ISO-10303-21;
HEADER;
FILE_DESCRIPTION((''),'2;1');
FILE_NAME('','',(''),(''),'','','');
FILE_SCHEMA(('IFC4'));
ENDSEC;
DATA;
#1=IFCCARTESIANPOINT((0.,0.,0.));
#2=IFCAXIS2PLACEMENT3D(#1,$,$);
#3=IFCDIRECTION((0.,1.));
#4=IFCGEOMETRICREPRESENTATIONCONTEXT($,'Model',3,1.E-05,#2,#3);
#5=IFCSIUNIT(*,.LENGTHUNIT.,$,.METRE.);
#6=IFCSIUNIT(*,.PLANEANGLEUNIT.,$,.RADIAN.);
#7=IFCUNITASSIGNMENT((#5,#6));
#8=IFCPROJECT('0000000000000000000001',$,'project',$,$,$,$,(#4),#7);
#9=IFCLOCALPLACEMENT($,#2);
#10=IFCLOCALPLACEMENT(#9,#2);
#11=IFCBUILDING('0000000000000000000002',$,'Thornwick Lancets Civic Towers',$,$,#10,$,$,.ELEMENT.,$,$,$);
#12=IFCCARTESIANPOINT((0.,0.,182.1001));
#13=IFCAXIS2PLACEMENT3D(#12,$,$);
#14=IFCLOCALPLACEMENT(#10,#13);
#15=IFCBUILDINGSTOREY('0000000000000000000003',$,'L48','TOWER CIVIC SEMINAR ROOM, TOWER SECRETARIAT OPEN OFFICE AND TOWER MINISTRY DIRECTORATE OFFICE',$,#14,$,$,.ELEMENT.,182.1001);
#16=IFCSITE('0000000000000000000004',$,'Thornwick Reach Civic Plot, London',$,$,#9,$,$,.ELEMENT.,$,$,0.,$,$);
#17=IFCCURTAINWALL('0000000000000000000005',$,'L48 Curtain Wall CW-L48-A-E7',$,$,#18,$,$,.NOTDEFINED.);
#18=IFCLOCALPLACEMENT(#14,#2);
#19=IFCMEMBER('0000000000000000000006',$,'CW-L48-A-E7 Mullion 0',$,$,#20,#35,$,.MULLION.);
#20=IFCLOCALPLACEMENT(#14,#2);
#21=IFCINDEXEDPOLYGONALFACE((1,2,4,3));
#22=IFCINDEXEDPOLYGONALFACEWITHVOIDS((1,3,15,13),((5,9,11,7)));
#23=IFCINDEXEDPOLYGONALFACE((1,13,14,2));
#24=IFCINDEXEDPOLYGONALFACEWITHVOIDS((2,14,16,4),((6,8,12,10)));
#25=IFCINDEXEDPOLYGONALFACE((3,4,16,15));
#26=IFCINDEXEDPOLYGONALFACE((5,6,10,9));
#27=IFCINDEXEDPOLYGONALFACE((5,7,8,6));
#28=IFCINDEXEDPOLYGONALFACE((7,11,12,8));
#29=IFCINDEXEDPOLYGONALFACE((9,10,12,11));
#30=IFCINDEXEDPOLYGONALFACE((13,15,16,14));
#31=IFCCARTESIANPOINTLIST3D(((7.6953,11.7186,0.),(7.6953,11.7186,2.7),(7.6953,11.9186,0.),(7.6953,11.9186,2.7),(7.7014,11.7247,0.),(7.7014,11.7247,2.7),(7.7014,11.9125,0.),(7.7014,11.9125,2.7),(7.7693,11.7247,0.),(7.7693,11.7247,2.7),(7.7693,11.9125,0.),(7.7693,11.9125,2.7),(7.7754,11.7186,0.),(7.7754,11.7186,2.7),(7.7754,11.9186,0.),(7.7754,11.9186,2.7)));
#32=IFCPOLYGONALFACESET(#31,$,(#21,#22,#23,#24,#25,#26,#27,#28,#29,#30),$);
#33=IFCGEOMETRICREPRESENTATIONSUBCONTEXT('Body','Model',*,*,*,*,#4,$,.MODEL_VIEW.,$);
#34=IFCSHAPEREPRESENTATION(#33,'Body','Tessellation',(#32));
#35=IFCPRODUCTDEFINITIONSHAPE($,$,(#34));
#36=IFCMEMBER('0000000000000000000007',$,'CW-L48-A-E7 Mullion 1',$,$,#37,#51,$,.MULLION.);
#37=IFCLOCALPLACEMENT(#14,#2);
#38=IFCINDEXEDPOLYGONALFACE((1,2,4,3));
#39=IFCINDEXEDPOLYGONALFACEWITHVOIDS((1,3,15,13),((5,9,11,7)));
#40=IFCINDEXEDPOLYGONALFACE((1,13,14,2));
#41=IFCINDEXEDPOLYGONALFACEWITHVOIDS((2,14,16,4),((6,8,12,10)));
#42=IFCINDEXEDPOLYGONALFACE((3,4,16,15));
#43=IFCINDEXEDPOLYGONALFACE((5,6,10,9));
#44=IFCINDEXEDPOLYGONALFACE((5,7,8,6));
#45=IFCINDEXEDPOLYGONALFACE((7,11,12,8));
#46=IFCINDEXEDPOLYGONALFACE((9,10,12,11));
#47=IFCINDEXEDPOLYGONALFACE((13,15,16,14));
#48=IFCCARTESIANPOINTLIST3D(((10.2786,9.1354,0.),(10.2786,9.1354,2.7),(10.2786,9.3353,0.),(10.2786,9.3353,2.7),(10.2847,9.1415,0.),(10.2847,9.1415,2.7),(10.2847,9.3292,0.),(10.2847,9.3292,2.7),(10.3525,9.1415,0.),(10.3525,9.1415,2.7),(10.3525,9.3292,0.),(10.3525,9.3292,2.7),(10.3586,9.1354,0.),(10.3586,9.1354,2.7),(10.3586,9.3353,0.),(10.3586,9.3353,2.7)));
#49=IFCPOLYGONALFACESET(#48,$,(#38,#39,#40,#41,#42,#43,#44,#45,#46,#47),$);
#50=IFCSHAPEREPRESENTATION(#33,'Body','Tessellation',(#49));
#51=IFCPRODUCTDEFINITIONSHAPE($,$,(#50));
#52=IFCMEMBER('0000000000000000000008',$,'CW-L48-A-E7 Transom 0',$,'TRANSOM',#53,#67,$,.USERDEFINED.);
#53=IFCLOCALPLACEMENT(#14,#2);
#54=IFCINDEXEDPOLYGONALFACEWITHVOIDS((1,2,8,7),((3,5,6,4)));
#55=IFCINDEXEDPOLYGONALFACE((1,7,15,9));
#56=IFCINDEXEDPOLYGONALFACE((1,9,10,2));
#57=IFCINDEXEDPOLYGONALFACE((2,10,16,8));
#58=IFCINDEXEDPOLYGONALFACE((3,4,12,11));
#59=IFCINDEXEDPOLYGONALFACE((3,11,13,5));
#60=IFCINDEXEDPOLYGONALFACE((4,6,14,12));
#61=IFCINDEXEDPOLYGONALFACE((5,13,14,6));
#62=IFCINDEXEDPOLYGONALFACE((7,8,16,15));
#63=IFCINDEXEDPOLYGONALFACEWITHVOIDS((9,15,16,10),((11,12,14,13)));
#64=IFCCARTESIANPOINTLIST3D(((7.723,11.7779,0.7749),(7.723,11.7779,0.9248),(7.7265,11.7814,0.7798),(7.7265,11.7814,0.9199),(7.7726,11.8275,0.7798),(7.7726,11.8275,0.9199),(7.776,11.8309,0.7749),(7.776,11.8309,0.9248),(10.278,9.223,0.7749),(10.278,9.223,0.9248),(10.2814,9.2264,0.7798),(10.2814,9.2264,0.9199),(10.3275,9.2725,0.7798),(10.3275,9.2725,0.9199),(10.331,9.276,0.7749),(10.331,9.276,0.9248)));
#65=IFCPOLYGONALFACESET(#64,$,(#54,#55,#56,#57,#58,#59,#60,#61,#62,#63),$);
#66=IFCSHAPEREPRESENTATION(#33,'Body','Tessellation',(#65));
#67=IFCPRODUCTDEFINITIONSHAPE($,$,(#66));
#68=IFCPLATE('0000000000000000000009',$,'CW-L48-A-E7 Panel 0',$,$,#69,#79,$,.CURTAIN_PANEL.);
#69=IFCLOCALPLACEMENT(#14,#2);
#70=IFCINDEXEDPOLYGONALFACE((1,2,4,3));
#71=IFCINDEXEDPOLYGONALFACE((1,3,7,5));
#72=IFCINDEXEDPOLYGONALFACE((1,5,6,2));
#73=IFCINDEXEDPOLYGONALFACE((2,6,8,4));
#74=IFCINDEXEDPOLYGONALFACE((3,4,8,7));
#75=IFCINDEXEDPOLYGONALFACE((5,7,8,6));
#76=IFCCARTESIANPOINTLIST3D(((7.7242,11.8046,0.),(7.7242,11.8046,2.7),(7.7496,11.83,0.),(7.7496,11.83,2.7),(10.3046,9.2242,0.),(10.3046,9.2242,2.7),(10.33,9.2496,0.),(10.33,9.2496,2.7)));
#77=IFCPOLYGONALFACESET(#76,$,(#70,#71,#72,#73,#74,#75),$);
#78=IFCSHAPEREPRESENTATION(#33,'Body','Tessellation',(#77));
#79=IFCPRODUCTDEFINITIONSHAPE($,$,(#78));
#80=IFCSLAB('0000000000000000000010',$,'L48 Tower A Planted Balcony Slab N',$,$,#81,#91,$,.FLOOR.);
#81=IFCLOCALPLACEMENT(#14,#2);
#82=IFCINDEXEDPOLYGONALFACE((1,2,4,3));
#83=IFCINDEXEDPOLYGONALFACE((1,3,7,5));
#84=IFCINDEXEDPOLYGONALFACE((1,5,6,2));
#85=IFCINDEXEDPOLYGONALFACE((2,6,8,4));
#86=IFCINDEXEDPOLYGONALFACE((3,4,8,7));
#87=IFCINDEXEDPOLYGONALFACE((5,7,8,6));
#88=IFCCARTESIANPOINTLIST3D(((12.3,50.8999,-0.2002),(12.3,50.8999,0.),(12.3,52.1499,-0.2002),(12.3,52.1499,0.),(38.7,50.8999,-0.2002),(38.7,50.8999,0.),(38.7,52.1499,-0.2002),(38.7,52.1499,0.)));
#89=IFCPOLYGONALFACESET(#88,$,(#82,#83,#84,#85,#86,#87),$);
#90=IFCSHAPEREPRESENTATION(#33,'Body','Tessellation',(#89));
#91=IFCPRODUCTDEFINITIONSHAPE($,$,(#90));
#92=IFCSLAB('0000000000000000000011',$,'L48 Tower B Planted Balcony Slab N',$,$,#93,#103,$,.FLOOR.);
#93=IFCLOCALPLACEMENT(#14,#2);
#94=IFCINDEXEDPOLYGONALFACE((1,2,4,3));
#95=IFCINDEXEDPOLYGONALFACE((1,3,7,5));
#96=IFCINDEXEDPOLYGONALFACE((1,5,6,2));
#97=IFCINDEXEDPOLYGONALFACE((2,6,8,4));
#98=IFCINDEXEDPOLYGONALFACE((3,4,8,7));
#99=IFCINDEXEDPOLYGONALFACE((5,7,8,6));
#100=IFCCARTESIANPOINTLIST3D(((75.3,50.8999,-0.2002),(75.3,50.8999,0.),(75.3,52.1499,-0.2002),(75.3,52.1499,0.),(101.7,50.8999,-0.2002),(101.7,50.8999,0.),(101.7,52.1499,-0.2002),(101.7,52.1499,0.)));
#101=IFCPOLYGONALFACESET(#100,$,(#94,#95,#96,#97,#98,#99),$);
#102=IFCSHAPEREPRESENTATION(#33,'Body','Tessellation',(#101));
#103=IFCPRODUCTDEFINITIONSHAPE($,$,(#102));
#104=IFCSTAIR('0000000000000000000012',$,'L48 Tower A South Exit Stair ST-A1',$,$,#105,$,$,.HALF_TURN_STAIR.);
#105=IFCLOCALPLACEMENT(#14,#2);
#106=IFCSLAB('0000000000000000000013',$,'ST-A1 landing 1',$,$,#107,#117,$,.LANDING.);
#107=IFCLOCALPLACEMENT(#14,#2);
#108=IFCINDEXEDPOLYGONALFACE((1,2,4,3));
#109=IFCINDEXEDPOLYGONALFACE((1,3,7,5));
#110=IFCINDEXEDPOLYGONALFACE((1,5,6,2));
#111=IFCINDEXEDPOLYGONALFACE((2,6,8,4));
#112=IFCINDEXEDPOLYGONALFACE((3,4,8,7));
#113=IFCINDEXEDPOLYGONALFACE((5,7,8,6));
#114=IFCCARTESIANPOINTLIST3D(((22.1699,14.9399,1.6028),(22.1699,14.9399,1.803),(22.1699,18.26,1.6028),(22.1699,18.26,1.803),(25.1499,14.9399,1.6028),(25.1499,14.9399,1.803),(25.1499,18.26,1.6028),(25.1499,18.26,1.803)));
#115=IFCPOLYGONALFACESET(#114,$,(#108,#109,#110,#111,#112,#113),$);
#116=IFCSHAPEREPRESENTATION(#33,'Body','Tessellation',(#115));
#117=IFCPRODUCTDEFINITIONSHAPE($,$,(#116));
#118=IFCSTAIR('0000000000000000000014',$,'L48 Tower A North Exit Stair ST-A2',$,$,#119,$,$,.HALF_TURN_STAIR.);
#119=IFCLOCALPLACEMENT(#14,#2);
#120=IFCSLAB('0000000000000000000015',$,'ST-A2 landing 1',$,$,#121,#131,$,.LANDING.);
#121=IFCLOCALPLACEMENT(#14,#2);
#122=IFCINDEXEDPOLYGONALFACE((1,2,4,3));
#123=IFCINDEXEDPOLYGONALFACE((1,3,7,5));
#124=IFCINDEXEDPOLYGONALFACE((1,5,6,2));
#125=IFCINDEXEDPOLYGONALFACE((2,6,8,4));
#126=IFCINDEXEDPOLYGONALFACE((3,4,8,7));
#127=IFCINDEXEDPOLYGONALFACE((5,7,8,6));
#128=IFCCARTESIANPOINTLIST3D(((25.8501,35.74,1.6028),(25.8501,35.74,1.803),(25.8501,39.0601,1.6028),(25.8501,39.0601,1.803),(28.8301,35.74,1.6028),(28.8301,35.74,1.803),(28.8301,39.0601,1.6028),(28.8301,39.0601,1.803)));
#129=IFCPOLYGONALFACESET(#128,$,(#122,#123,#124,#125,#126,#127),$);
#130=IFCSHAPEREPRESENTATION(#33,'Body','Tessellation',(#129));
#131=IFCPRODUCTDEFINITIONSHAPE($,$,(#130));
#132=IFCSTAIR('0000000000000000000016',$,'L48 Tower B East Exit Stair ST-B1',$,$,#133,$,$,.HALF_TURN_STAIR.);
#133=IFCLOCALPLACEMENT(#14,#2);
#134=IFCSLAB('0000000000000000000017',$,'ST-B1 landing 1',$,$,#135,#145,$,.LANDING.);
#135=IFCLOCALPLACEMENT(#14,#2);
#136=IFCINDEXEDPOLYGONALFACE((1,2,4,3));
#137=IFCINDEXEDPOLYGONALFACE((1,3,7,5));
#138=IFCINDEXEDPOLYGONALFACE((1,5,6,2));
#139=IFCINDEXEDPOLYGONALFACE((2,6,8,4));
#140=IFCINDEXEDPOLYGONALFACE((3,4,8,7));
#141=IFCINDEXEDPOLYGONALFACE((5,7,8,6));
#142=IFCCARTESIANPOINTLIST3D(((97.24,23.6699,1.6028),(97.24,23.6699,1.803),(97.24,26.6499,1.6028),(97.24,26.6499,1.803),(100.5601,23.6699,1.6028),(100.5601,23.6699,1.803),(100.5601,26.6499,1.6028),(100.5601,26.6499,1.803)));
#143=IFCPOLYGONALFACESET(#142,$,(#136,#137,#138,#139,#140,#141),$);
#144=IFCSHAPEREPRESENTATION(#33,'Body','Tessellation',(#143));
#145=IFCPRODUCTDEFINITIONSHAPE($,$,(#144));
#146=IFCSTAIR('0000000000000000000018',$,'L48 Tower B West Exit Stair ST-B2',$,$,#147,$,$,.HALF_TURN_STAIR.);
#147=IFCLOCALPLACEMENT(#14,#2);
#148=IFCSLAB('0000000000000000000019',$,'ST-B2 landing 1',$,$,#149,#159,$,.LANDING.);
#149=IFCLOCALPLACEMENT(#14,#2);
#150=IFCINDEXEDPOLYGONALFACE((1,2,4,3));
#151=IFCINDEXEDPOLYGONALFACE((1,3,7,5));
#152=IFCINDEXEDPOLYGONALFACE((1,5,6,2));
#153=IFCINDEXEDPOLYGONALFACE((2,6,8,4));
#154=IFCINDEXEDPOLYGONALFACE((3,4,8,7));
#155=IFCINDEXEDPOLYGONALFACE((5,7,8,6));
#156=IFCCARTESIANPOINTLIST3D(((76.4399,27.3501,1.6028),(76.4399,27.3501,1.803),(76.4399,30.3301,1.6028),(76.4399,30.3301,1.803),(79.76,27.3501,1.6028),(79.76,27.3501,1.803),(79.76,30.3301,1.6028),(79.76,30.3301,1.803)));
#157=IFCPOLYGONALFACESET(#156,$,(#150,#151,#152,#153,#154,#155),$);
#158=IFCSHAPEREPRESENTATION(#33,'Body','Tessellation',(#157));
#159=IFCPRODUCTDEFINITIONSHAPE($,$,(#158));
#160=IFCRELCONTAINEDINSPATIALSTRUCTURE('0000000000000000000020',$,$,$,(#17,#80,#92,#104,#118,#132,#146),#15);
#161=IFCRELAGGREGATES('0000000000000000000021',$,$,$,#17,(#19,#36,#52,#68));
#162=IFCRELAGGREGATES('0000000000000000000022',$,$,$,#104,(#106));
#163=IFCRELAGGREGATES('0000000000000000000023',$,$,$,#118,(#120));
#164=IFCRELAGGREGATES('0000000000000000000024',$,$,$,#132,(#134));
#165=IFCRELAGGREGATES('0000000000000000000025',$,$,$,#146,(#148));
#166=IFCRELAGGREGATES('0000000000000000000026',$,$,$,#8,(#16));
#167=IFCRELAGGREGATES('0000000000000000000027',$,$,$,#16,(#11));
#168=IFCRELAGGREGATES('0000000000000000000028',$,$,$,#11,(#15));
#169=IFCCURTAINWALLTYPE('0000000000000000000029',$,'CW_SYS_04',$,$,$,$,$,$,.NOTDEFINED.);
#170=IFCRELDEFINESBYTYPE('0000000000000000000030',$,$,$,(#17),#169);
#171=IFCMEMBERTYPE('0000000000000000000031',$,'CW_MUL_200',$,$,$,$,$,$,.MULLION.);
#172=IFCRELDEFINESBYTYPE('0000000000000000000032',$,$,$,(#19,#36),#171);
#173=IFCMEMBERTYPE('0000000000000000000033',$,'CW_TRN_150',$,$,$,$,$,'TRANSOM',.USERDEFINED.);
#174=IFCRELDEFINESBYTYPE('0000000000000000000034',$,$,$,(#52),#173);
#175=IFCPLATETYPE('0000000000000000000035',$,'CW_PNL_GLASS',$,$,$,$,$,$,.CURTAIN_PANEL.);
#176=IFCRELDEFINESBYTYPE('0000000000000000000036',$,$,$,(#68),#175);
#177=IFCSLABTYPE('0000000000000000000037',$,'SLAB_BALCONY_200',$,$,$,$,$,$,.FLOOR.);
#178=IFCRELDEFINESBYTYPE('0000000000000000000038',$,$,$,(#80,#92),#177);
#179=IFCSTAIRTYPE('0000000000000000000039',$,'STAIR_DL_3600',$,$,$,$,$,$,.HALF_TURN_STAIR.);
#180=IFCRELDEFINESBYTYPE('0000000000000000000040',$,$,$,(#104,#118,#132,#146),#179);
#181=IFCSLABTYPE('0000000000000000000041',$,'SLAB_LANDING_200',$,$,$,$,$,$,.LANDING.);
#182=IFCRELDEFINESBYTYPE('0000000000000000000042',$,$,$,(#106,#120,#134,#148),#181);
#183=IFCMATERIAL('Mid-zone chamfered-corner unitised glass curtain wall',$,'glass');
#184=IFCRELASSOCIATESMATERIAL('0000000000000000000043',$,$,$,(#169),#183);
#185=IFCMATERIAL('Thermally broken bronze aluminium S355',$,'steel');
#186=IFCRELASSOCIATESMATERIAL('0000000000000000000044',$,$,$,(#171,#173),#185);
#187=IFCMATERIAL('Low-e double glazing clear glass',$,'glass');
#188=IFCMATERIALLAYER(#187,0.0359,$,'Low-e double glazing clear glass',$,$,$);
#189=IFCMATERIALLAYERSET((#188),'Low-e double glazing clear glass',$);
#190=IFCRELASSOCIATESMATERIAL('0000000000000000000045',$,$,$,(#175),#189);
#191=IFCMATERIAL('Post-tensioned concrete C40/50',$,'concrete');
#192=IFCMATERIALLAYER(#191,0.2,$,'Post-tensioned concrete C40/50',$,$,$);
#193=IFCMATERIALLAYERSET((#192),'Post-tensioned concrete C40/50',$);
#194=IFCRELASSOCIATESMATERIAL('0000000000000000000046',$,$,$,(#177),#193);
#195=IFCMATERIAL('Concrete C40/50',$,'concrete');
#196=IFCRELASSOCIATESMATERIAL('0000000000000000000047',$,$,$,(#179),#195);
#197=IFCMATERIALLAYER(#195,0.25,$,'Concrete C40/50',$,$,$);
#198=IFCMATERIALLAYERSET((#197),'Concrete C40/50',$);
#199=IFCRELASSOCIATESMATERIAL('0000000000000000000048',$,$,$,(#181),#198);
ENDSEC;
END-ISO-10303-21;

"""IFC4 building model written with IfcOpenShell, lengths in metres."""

from ifc_helpers import new_model, si_unit, direction, frame, origin, origin_2d, place, context, subcontext, project, spatial, polyline, rectangle, hollow_rectangle, outline, extrude, material, layer, layer_set, material_profile, profile_set, type_object, element, aggregate, save


model = new_model("IFC4")

# Units and contexts
model_context = context("Model", 3, precision=1e-05, world=origin(), true_north=direction((0.0, 1.0)))
body_context = subcontext(model_context, "Body", "Model", "MODEL_VIEW")
ifc_project = project(units=[si_unit("LENGTHUNIT", "METRE"), si_unit("PLANEANGLEUNIT", "RADIAN")], contexts=[model_context])

# Site, building, storey
site_placement = place(None, origin())
site = spatial("IfcSite", under=ifc_project, at=site_placement, Name="Thornwick Reach Civic Plot, London", CompositionType="ELEMENT", RefElevation=0.0)
building_placement = place(site_placement, origin())
building = spatial("IfcBuilding", under=site, at=building_placement, Name="Thornwick Lancets Civic Towers", CompositionType="ELEMENT")
storey_placement = place(building_placement, frame((0.0, 0.0, 182.1001)))
storey = spatial("IfcBuildingStorey", under=building, at=storey_placement, Name="L48", Description="TOWER CIVIC SEMINAR ROOM, TOWER SECRETARIAT OPEN OFFICE AND TOWER MINISTRY DIRECTORATE OFFICE", CompositionType="ELEMENT", Elevation=182.1001)

# Curtain wall, members, plate
ifc_material_1 = material(Name="Mid-zone chamfered-corner unitised glass curtain wall", Category="glass")
curtain_wall_type = type_object("IfcCurtainWallType", Name="CW_SYS_04", PredefinedType="NOTDEFINED", material=ifc_material_1)
curtain_wall_placement = place(storey_placement, origin())
curtain_wall = element("IfcCurtainWall", 1, at=curtain_wall_placement, inside=storey, type_object=curtain_wall_type, Name="L48 Curtain Wall CW-L48-A-E7", PredefinedType="NOTDEFINED")
ifc_material_2 = material(Name="Thermally broken bronze aluminium S355", Category="steel")
ifc_material_profile_1 = material_profile(ifc_material_2, hollow_rectangle(XDim=0.0801, YDim=0.2, WallThickness=0.0061, at=origin_2d()), Name="RHS 200x80x6")
ifc_profile_set_1 = profile_set([ifc_material_profile_1], Name="Thermally broken bronze aluminium S355")
member_type_1 = type_object("IfcMemberType", Name="CW_MUL_200", PredefinedType="MULLION", material=ifc_profile_set_1)
member_1_placement = place(storey_placement, frame((7.7354, 11.8186, 0.0), z_axis=(0.0, 0.0, 1.0), x_axis=(1.0, 0.0, 0.0)))
member_1 = element("IfcMember", 2, at=member_1_placement, type_object=member_type_1, Name="CW-L48-A-E7 Mullion 0", PredefinedType="MULLION", context=body_context, shape_type="SweptSolid", body=[
    extrude(hollow_rectangle(XDim=0.0801, YDim=0.2, WallThickness=0.0061, at=origin_2d()), origin(), (0.0, 0.0, 1.0), 2.7),
])
member_2_placement = place(storey_placement, frame((10.3186, 9.2354, 0.0), z_axis=(0.0, 0.0, 1.0), x_axis=(1.0, 0.0, 0.0)))
member_2 = element("IfcMember", 3, at=member_2_placement, type_object=member_type_1, Name="CW-L48-A-E7 Mullion 1", PredefinedType="MULLION", context=body_context, shape_type="SweptSolid", body=[
    extrude(hollow_rectangle(XDim=0.0801, YDim=0.2, WallThickness=0.0061, at=origin_2d()), origin(), (0.0, 0.0, 1.0), 2.7),
])
ifc_material_profile_2 = material_profile(ifc_material_2, hollow_rectangle(XDim=0.075, YDim=0.1499, WallThickness=0.0049, at=origin_2d()), Name="RHS 150x75x5")
ifc_profile_set_2 = profile_set([ifc_material_profile_2], Name="Thermally broken bronze aluminium S355")
member_type_2 = type_object("IfcMemberType", Name="CW_TRN_150", ElementType="TRANSOM", PredefinedType="USERDEFINED", material=ifc_profile_set_2)
member_3_placement = place(storey_placement, frame((7.7495, 11.8044, 0.8499), z_axis=(0.707107, -0.707107, 0.0), x_axis=(0.707107, 0.707107, 0.0)))
member_3 = element("IfcMember", 4, at=member_3_placement, type_object=member_type_2, Name="CW-L48-A-E7 Transom 0", ObjectType="TRANSOM", PredefinedType="USERDEFINED", context=body_context, shape_type="SweptSolid", body=[
    extrude(hollow_rectangle(XDim=0.075, YDim=0.1499, WallThickness=0.0049, at=origin_2d()), origin(), (0.0, 0.0, 1.0), 3.6133),
])
ifc_material_3 = material(Name="Low-e double glazing clear glass", Category="glass")
ifc_layer_1 = layer(ifc_material_3, 0.0359, Name="Low-e double glazing clear glass")
ifc_layer_set_1 = layer_set([ifc_layer_1], Name="Low-e double glazing clear glass")
plate_type = type_object("IfcPlateType", Name="CW_PNL_GLASS", PredefinedType="CURTAIN_PANEL", material=ifc_layer_set_1)
plate_placement = place(storey_placement, frame((9.0271, 10.5271, 0.0), z_axis=(0.0, 0.0, 1.0), x_axis=(0.707107, -0.707107, 0.0)))
plate = element("IfcPlate", 5, at=plate_placement, type_object=plate_type, Name="CW-L48-A-E7 Panel 0", PredefinedType="CURTAIN_PANEL", context=body_context, shape_type="SweptSolid", body=[
    extrude(rectangle(XDim=3.6492, YDim=0.0359, at=origin_2d()), origin(), (0.0, 0.0, 1.0), 2.7),
])
aggregate(curtain_wall, [member_1, member_2, member_3, plate])

# Slabs
ifc_material_4 = material(Name="Post-tensioned concrete C40/50", Category="concrete")
ifc_layer_2 = layer(ifc_material_4, 0.2, Name="Post-tensioned concrete C40/50")
ifc_layer_set_2 = layer_set([ifc_layer_2], Name="Post-tensioned concrete C40/50")
slab_type_1 = type_object("IfcSlabType", Name="SLAB_BALCONY_200", PredefinedType="FLOOR", material=ifc_layer_set_2)
slab_1_placement = place(storey_placement, frame((0.0, 0.0, -0.2002)))
element("IfcSlab", 6, at=slab_1_placement, inside=storey, type_object=slab_type_1, Name="L48 Tower A Planted Balcony Slab N", PredefinedType="FLOOR", context=body_context, shape_type="SweptSolid", body=[
    extrude(outline(polyline([(12.3, 50.8999), (38.7, 50.8999), (38.7, 52.1499), (12.3, 52.1499), (12.3, 50.8999)])), origin(), (0.0, 0.0, 1.0), 0.2002),
])
slab_2_placement = place(storey_placement, frame((0.0, 0.0, -0.2002)))
element("IfcSlab", 7, at=slab_2_placement, inside=storey, type_object=slab_type_1, Name="L48 Tower B Planted Balcony Slab N", PredefinedType="FLOOR", context=body_context, shape_type="SweptSolid", body=[
    extrude(outline(polyline([(75.3, 50.8999), (101.7, 50.8999), (101.7, 52.1499), (75.3, 52.1499), (75.3, 50.8999)])), origin(), (0.0, 0.0, 1.0), 0.2002),
])

# Stairs, slabs
ifc_material_5 = material(Name="Concrete C40/50", Category="concrete")
stair_type = type_object("IfcStairType", Name="STAIR_DL_3600", PredefinedType="HALF_TURN_STAIR", material=ifc_material_5)
stair_1_placement = place(storey_placement, origin())
stair_1 = element("IfcStair", 8, at=stair_1_placement, inside=storey, type_object=stair_type, Name="L48 Tower A South Exit Stair ST-A1", PredefinedType="HALF_TURN_STAIR")
ifc_layer_3 = layer(ifc_material_5, 0.25, Name="Concrete C40/50")
ifc_layer_set_3 = layer_set([ifc_layer_3], Name="Concrete C40/50")
slab_type_2 = type_object("IfcSlabType", Name="SLAB_LANDING_200", PredefinedType="LANDING", material=ifc_layer_set_3)
slab_3_placement = place(storey_placement, frame((0.0, 0.0, 1.6028)))
slab_3 = element("IfcSlab", 9, at=slab_3_placement, type_object=slab_type_2, Name="ST-A1 landing 1", PredefinedType="LANDING", context=body_context, shape_type="SweptSolid", body=[
    extrude(outline(polyline([(22.1699, 14.9399), (25.1499, 14.9399), (25.1499, 18.26), (22.1699, 18.26), (22.1699, 14.9399)])), origin(), (0.0, 0.0, 1.0), 0.2002),
])
aggregate(stair_1, [slab_3])
stair_2_placement = place(storey_placement, origin())
stair_2 = element("IfcStair", 10, at=stair_2_placement, inside=storey, type_object=stair_type, Name="L48 Tower A North Exit Stair ST-A2", PredefinedType="HALF_TURN_STAIR")
slab_4_placement = place(storey_placement, frame((0.0, 0.0, 1.6028)))
slab_4 = element("IfcSlab", 11, at=slab_4_placement, type_object=slab_type_2, Name="ST-A2 landing 1", PredefinedType="LANDING", context=body_context, shape_type="SweptSolid", body=[
    extrude(outline(polyline([(28.8301, 39.0601), (25.8501, 39.0601), (25.8501, 35.74), (28.8301, 35.74), (28.8301, 39.0601)])), origin(), (0.0, 0.0, 1.0), 0.2002),
])
aggregate(stair_2, [slab_4])
stair_3_placement = place(storey_placement, origin())
stair_3 = element("IfcStair", 12, at=stair_3_placement, inside=storey, type_object=stair_type, Name="L48 Tower B East Exit Stair ST-B1", PredefinedType="HALF_TURN_STAIR")
slab_5_placement = place(storey_placement, frame((0.0, 0.0, 1.6028)))
slab_5 = element("IfcSlab", 13, at=slab_5_placement, type_object=slab_type_2, Name="ST-B1 landing 1", PredefinedType="LANDING", context=body_context, shape_type="SweptSolid", body=[
    extrude(outline(polyline([(100.5601, 23.6699), (100.5601, 26.6499), (97.24, 26.6499), (97.24, 23.6699), (100.5601, 23.6699)])), origin(), (0.0, 0.0, 1.0), 0.2002),
])
aggregate(stair_3, [slab_5])
stair_4_placement = place(storey_placement, origin())
stair_4 = element("IfcStair", 14, at=stair_4_placement, inside=storey, type_object=stair_type, Name="L48 Tower B West Exit Stair ST-B2", PredefinedType="HALF_TURN_STAIR")
slab_6_placement = place(storey_placement, frame((0.0, 0.0, 1.6028)))
slab_6 = element("IfcSlab", 15, at=slab_6_placement, type_object=slab_type_2, Name="ST-B2 landing 1", PredefinedType="LANDING", context=body_context, shape_type="SweptSolid", body=[
    extrude(outline(polyline([(76.4399, 30.3301), (76.4399, 27.3501), (79.76, 27.3501), (79.76, 30.3301), (76.4399, 30.3301)])), origin(), (0.0, 0.0, 1.0), 0.2002),
])
aggregate(stair_4, [slab_6])

save(model, "model.ifc")
